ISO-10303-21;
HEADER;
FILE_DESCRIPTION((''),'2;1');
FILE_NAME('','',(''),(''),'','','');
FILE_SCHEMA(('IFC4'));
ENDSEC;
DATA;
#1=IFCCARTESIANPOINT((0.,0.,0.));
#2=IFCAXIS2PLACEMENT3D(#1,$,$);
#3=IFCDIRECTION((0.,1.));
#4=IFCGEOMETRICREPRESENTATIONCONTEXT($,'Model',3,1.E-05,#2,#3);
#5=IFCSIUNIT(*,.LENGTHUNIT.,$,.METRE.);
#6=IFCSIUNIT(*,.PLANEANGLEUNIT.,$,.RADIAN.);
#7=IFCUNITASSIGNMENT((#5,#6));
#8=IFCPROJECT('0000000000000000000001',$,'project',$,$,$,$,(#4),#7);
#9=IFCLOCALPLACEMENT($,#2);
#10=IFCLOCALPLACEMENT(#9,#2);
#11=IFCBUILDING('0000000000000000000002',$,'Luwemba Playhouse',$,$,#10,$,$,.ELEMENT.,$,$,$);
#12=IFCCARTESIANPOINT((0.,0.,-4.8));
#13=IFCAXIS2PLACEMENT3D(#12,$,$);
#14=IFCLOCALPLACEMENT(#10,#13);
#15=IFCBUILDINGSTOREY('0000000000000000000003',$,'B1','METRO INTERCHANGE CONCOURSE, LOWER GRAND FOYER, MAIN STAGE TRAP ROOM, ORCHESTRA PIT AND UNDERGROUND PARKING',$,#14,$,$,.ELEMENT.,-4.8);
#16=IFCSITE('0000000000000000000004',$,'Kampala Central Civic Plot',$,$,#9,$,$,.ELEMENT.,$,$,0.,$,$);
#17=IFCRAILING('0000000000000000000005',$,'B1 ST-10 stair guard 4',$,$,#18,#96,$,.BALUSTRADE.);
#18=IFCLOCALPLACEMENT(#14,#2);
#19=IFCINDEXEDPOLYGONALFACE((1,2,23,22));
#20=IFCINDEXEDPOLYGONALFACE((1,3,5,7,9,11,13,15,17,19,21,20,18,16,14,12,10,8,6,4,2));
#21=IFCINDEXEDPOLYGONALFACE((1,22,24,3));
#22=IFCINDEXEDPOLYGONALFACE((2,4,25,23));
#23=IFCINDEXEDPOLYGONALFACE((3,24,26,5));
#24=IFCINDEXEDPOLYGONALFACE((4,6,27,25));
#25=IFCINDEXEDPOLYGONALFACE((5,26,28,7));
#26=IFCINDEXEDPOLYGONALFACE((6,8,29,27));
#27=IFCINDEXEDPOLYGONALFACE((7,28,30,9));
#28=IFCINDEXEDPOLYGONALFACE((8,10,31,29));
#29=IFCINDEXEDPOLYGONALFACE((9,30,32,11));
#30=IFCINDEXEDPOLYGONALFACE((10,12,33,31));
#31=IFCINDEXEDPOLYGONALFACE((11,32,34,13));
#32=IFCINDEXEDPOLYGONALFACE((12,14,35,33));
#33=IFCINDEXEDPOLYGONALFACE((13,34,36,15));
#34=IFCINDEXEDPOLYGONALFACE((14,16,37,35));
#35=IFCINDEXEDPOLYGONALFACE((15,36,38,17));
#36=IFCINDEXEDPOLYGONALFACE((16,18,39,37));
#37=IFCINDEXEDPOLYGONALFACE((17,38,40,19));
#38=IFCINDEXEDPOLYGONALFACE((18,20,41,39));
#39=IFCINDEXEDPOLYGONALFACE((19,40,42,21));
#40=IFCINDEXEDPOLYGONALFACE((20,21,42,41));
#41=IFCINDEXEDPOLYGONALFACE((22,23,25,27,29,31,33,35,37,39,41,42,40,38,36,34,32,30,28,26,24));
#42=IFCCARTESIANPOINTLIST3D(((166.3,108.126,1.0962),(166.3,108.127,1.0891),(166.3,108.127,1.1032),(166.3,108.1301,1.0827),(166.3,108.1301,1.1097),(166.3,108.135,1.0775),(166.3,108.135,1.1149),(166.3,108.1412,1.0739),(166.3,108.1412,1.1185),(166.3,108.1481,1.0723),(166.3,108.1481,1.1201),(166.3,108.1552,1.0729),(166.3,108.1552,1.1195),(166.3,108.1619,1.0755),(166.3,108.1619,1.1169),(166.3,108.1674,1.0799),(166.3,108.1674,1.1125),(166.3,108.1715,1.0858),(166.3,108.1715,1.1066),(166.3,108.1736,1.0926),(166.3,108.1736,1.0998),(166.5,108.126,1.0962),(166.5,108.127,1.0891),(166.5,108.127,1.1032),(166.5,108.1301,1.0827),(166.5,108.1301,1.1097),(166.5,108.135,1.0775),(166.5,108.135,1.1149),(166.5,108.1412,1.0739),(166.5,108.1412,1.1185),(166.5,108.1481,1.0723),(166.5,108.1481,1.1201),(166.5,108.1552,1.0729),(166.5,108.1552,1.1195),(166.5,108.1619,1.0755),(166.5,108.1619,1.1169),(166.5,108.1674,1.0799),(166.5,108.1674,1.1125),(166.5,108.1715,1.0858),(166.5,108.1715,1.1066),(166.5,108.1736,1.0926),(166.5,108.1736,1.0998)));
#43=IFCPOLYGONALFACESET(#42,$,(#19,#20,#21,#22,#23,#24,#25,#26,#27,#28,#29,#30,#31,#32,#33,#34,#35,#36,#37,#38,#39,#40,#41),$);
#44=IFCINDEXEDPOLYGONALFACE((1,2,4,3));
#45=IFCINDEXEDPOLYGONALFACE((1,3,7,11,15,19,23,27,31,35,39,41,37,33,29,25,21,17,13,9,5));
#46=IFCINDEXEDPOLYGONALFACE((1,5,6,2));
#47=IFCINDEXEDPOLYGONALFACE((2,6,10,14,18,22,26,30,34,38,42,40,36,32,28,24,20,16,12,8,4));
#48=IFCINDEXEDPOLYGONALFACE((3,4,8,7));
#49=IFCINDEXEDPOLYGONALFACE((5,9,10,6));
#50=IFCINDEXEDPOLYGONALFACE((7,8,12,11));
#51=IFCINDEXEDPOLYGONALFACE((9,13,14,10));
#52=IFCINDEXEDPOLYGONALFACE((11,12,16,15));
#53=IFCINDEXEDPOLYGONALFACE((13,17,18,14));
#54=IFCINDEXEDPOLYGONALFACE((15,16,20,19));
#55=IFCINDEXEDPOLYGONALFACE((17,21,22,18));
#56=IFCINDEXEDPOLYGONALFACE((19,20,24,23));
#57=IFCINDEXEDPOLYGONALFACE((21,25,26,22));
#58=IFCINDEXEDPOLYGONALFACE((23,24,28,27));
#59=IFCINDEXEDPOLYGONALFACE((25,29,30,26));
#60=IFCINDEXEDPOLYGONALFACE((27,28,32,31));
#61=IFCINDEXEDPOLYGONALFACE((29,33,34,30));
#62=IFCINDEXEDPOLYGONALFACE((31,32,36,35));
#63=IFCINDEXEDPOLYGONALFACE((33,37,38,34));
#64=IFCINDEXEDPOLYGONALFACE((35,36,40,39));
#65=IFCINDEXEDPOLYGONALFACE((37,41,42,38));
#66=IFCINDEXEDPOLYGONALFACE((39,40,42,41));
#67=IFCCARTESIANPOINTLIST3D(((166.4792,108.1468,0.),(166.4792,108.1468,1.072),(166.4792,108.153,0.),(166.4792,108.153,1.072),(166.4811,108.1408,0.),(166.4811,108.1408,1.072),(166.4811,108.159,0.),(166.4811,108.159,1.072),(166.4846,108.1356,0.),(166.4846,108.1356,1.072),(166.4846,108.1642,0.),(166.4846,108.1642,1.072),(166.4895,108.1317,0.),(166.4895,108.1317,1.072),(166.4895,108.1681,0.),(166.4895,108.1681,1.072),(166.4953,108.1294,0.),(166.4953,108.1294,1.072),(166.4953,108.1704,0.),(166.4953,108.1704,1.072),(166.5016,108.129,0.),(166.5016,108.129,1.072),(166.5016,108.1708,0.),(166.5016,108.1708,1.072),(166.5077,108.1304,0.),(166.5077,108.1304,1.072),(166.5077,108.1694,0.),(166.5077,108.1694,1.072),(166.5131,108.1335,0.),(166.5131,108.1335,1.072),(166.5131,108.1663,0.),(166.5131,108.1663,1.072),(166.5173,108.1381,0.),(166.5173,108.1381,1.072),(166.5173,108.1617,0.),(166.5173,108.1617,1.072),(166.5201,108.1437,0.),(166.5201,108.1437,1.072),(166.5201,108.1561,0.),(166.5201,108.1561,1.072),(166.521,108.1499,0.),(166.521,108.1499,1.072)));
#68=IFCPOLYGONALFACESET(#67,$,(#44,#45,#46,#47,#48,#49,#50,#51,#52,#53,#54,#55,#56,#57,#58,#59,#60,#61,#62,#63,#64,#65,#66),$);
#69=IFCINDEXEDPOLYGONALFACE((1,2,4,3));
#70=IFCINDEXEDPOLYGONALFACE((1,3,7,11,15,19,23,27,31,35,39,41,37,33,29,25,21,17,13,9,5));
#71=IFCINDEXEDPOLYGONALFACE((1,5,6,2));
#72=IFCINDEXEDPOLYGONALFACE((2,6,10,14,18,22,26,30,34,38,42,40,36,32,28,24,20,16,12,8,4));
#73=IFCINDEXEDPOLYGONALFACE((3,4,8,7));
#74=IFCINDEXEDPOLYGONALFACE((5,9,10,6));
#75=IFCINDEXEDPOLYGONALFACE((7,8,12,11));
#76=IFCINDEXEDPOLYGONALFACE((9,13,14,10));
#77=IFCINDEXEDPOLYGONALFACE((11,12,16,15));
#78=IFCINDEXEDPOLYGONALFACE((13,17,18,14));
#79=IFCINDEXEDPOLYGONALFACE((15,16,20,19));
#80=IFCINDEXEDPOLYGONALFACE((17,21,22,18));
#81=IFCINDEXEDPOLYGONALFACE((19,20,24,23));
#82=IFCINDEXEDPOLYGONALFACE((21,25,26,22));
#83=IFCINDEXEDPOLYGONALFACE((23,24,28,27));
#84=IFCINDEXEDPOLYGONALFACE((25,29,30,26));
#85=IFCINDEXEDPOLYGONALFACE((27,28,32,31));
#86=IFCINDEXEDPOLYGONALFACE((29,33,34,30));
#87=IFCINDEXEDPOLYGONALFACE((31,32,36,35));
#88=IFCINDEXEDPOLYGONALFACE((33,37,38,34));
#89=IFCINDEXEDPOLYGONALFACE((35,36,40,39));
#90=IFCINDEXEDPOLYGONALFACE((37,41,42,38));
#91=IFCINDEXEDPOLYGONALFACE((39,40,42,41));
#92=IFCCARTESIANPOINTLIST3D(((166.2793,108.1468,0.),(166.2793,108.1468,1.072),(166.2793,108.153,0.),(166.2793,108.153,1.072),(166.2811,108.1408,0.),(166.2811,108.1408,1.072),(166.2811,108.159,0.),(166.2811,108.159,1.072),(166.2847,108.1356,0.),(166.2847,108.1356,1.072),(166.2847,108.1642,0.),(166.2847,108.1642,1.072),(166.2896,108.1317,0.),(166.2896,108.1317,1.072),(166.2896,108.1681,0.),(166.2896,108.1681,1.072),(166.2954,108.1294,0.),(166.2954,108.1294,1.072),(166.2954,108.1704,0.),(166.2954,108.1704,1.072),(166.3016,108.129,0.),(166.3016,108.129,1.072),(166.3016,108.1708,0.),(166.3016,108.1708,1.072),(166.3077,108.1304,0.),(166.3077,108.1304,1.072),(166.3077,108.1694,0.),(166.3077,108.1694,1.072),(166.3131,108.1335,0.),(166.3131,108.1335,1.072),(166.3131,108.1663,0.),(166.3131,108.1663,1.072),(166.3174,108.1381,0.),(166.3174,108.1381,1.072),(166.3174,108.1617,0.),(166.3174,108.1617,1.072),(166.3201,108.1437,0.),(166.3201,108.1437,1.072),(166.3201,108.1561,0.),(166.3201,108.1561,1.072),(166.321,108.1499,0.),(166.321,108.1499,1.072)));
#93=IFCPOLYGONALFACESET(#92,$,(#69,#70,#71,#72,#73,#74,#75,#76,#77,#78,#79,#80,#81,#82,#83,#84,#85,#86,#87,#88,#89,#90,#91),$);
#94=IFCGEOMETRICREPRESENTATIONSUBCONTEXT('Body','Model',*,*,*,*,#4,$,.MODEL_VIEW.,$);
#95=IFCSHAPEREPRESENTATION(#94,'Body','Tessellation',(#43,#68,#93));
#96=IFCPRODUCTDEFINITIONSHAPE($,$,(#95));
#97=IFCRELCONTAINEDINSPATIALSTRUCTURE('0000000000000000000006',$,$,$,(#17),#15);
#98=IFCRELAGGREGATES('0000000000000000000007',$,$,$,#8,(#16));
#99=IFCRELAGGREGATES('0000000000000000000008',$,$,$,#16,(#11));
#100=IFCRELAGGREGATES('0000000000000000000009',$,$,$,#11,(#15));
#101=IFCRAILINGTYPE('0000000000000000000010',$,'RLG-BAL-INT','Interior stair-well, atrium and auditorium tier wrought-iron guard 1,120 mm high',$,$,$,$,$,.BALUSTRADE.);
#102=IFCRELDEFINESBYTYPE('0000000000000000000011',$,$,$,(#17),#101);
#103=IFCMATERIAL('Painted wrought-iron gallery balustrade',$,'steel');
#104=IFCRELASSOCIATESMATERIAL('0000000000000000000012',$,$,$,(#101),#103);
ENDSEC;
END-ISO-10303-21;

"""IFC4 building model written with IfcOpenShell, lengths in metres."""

from ifc_helpers import new_model, si_unit, direction, frame, origin, origin_2d, place, context, subcontext, project, spatial, circle, extrude, material, type_object, element, save


model = new_model("IFC4")

# Units and contexts
model_context = context("Model", 3, precision=1e-05, world=origin(), true_north=direction((0.0, 1.0)))
body_context = subcontext(model_context, "Body", "Model", "MODEL_VIEW")
ifc_project = project(units=[si_unit("LENGTHUNIT", "METRE"), si_unit("PLANEANGLEUNIT", "RADIAN")], contexts=[model_context])

# Site, building, storey
site_placement = place(None, origin())
site = spatial("IfcSite", under=ifc_project, at=site_placement, Name="Kampala Central Civic Plot", CompositionType="ELEMENT", RefElevation=0.0)
building_placement = place(site_placement, origin())
building = spatial("IfcBuilding", under=site, at=building_placement, Name="Luwemba Playhouse", CompositionType="ELEMENT")
storey_placement = place(building_placement, frame((0.0, 0.0, -4.8)))
storey = spatial("IfcBuildingStorey", under=building, at=storey_placement, Name="B1", Description="METRO INTERCHANGE CONCOURSE, LOWER GRAND FOYER, MAIN STAGE TRAP ROOM, ORCHESTRA PIT AND UNDERGROUND PARKING", CompositionType="ELEMENT", Elevation=-4.8)

# Railing
ifc_material_1 = material(Name="Painted wrought-iron gallery balustrade", Category="steel")
railing_type_1 = type_object("IfcRailingType", Name="RLG-BAL-INT", Description="Interior stair-well, atrium and auditorium tier wrought-iron guard 1,120 mm high", PredefinedType="BALUSTRADE", material=ifc_material_1)
railing_1_placement = place(storey_placement, frame((166.5, 108.1499, 0.0)))
element("IfcRailing", 1, at=railing_1_placement, inside=storey, type_object=railing_type_1, Name="B1 ST-10 stair guard 4", PredefinedType="BALUSTRADE", context=body_context, shape_type="SweptSolid", body=[
    extrude(circle(Radius=0.0239, at=origin_2d()), frame((0.0, 0.0, 1.0962), z_axis=(-1.0, 0.0, 0.0), x_axis=(0.0, -1.0, 0.0)), (0.0, 0.0, 1.0), 0.2),
    extrude(circle(Radius=0.021, at=origin_2d()), origin(), (0.0, 0.0, 1.0), 1.072),
    extrude(circle(Radius=0.021, at=origin_2d()), frame((-0.2, 0.0, 0.0)), (0.0, 0.0, 1.0), 1.072),
])

save(model, "model.ifc")
